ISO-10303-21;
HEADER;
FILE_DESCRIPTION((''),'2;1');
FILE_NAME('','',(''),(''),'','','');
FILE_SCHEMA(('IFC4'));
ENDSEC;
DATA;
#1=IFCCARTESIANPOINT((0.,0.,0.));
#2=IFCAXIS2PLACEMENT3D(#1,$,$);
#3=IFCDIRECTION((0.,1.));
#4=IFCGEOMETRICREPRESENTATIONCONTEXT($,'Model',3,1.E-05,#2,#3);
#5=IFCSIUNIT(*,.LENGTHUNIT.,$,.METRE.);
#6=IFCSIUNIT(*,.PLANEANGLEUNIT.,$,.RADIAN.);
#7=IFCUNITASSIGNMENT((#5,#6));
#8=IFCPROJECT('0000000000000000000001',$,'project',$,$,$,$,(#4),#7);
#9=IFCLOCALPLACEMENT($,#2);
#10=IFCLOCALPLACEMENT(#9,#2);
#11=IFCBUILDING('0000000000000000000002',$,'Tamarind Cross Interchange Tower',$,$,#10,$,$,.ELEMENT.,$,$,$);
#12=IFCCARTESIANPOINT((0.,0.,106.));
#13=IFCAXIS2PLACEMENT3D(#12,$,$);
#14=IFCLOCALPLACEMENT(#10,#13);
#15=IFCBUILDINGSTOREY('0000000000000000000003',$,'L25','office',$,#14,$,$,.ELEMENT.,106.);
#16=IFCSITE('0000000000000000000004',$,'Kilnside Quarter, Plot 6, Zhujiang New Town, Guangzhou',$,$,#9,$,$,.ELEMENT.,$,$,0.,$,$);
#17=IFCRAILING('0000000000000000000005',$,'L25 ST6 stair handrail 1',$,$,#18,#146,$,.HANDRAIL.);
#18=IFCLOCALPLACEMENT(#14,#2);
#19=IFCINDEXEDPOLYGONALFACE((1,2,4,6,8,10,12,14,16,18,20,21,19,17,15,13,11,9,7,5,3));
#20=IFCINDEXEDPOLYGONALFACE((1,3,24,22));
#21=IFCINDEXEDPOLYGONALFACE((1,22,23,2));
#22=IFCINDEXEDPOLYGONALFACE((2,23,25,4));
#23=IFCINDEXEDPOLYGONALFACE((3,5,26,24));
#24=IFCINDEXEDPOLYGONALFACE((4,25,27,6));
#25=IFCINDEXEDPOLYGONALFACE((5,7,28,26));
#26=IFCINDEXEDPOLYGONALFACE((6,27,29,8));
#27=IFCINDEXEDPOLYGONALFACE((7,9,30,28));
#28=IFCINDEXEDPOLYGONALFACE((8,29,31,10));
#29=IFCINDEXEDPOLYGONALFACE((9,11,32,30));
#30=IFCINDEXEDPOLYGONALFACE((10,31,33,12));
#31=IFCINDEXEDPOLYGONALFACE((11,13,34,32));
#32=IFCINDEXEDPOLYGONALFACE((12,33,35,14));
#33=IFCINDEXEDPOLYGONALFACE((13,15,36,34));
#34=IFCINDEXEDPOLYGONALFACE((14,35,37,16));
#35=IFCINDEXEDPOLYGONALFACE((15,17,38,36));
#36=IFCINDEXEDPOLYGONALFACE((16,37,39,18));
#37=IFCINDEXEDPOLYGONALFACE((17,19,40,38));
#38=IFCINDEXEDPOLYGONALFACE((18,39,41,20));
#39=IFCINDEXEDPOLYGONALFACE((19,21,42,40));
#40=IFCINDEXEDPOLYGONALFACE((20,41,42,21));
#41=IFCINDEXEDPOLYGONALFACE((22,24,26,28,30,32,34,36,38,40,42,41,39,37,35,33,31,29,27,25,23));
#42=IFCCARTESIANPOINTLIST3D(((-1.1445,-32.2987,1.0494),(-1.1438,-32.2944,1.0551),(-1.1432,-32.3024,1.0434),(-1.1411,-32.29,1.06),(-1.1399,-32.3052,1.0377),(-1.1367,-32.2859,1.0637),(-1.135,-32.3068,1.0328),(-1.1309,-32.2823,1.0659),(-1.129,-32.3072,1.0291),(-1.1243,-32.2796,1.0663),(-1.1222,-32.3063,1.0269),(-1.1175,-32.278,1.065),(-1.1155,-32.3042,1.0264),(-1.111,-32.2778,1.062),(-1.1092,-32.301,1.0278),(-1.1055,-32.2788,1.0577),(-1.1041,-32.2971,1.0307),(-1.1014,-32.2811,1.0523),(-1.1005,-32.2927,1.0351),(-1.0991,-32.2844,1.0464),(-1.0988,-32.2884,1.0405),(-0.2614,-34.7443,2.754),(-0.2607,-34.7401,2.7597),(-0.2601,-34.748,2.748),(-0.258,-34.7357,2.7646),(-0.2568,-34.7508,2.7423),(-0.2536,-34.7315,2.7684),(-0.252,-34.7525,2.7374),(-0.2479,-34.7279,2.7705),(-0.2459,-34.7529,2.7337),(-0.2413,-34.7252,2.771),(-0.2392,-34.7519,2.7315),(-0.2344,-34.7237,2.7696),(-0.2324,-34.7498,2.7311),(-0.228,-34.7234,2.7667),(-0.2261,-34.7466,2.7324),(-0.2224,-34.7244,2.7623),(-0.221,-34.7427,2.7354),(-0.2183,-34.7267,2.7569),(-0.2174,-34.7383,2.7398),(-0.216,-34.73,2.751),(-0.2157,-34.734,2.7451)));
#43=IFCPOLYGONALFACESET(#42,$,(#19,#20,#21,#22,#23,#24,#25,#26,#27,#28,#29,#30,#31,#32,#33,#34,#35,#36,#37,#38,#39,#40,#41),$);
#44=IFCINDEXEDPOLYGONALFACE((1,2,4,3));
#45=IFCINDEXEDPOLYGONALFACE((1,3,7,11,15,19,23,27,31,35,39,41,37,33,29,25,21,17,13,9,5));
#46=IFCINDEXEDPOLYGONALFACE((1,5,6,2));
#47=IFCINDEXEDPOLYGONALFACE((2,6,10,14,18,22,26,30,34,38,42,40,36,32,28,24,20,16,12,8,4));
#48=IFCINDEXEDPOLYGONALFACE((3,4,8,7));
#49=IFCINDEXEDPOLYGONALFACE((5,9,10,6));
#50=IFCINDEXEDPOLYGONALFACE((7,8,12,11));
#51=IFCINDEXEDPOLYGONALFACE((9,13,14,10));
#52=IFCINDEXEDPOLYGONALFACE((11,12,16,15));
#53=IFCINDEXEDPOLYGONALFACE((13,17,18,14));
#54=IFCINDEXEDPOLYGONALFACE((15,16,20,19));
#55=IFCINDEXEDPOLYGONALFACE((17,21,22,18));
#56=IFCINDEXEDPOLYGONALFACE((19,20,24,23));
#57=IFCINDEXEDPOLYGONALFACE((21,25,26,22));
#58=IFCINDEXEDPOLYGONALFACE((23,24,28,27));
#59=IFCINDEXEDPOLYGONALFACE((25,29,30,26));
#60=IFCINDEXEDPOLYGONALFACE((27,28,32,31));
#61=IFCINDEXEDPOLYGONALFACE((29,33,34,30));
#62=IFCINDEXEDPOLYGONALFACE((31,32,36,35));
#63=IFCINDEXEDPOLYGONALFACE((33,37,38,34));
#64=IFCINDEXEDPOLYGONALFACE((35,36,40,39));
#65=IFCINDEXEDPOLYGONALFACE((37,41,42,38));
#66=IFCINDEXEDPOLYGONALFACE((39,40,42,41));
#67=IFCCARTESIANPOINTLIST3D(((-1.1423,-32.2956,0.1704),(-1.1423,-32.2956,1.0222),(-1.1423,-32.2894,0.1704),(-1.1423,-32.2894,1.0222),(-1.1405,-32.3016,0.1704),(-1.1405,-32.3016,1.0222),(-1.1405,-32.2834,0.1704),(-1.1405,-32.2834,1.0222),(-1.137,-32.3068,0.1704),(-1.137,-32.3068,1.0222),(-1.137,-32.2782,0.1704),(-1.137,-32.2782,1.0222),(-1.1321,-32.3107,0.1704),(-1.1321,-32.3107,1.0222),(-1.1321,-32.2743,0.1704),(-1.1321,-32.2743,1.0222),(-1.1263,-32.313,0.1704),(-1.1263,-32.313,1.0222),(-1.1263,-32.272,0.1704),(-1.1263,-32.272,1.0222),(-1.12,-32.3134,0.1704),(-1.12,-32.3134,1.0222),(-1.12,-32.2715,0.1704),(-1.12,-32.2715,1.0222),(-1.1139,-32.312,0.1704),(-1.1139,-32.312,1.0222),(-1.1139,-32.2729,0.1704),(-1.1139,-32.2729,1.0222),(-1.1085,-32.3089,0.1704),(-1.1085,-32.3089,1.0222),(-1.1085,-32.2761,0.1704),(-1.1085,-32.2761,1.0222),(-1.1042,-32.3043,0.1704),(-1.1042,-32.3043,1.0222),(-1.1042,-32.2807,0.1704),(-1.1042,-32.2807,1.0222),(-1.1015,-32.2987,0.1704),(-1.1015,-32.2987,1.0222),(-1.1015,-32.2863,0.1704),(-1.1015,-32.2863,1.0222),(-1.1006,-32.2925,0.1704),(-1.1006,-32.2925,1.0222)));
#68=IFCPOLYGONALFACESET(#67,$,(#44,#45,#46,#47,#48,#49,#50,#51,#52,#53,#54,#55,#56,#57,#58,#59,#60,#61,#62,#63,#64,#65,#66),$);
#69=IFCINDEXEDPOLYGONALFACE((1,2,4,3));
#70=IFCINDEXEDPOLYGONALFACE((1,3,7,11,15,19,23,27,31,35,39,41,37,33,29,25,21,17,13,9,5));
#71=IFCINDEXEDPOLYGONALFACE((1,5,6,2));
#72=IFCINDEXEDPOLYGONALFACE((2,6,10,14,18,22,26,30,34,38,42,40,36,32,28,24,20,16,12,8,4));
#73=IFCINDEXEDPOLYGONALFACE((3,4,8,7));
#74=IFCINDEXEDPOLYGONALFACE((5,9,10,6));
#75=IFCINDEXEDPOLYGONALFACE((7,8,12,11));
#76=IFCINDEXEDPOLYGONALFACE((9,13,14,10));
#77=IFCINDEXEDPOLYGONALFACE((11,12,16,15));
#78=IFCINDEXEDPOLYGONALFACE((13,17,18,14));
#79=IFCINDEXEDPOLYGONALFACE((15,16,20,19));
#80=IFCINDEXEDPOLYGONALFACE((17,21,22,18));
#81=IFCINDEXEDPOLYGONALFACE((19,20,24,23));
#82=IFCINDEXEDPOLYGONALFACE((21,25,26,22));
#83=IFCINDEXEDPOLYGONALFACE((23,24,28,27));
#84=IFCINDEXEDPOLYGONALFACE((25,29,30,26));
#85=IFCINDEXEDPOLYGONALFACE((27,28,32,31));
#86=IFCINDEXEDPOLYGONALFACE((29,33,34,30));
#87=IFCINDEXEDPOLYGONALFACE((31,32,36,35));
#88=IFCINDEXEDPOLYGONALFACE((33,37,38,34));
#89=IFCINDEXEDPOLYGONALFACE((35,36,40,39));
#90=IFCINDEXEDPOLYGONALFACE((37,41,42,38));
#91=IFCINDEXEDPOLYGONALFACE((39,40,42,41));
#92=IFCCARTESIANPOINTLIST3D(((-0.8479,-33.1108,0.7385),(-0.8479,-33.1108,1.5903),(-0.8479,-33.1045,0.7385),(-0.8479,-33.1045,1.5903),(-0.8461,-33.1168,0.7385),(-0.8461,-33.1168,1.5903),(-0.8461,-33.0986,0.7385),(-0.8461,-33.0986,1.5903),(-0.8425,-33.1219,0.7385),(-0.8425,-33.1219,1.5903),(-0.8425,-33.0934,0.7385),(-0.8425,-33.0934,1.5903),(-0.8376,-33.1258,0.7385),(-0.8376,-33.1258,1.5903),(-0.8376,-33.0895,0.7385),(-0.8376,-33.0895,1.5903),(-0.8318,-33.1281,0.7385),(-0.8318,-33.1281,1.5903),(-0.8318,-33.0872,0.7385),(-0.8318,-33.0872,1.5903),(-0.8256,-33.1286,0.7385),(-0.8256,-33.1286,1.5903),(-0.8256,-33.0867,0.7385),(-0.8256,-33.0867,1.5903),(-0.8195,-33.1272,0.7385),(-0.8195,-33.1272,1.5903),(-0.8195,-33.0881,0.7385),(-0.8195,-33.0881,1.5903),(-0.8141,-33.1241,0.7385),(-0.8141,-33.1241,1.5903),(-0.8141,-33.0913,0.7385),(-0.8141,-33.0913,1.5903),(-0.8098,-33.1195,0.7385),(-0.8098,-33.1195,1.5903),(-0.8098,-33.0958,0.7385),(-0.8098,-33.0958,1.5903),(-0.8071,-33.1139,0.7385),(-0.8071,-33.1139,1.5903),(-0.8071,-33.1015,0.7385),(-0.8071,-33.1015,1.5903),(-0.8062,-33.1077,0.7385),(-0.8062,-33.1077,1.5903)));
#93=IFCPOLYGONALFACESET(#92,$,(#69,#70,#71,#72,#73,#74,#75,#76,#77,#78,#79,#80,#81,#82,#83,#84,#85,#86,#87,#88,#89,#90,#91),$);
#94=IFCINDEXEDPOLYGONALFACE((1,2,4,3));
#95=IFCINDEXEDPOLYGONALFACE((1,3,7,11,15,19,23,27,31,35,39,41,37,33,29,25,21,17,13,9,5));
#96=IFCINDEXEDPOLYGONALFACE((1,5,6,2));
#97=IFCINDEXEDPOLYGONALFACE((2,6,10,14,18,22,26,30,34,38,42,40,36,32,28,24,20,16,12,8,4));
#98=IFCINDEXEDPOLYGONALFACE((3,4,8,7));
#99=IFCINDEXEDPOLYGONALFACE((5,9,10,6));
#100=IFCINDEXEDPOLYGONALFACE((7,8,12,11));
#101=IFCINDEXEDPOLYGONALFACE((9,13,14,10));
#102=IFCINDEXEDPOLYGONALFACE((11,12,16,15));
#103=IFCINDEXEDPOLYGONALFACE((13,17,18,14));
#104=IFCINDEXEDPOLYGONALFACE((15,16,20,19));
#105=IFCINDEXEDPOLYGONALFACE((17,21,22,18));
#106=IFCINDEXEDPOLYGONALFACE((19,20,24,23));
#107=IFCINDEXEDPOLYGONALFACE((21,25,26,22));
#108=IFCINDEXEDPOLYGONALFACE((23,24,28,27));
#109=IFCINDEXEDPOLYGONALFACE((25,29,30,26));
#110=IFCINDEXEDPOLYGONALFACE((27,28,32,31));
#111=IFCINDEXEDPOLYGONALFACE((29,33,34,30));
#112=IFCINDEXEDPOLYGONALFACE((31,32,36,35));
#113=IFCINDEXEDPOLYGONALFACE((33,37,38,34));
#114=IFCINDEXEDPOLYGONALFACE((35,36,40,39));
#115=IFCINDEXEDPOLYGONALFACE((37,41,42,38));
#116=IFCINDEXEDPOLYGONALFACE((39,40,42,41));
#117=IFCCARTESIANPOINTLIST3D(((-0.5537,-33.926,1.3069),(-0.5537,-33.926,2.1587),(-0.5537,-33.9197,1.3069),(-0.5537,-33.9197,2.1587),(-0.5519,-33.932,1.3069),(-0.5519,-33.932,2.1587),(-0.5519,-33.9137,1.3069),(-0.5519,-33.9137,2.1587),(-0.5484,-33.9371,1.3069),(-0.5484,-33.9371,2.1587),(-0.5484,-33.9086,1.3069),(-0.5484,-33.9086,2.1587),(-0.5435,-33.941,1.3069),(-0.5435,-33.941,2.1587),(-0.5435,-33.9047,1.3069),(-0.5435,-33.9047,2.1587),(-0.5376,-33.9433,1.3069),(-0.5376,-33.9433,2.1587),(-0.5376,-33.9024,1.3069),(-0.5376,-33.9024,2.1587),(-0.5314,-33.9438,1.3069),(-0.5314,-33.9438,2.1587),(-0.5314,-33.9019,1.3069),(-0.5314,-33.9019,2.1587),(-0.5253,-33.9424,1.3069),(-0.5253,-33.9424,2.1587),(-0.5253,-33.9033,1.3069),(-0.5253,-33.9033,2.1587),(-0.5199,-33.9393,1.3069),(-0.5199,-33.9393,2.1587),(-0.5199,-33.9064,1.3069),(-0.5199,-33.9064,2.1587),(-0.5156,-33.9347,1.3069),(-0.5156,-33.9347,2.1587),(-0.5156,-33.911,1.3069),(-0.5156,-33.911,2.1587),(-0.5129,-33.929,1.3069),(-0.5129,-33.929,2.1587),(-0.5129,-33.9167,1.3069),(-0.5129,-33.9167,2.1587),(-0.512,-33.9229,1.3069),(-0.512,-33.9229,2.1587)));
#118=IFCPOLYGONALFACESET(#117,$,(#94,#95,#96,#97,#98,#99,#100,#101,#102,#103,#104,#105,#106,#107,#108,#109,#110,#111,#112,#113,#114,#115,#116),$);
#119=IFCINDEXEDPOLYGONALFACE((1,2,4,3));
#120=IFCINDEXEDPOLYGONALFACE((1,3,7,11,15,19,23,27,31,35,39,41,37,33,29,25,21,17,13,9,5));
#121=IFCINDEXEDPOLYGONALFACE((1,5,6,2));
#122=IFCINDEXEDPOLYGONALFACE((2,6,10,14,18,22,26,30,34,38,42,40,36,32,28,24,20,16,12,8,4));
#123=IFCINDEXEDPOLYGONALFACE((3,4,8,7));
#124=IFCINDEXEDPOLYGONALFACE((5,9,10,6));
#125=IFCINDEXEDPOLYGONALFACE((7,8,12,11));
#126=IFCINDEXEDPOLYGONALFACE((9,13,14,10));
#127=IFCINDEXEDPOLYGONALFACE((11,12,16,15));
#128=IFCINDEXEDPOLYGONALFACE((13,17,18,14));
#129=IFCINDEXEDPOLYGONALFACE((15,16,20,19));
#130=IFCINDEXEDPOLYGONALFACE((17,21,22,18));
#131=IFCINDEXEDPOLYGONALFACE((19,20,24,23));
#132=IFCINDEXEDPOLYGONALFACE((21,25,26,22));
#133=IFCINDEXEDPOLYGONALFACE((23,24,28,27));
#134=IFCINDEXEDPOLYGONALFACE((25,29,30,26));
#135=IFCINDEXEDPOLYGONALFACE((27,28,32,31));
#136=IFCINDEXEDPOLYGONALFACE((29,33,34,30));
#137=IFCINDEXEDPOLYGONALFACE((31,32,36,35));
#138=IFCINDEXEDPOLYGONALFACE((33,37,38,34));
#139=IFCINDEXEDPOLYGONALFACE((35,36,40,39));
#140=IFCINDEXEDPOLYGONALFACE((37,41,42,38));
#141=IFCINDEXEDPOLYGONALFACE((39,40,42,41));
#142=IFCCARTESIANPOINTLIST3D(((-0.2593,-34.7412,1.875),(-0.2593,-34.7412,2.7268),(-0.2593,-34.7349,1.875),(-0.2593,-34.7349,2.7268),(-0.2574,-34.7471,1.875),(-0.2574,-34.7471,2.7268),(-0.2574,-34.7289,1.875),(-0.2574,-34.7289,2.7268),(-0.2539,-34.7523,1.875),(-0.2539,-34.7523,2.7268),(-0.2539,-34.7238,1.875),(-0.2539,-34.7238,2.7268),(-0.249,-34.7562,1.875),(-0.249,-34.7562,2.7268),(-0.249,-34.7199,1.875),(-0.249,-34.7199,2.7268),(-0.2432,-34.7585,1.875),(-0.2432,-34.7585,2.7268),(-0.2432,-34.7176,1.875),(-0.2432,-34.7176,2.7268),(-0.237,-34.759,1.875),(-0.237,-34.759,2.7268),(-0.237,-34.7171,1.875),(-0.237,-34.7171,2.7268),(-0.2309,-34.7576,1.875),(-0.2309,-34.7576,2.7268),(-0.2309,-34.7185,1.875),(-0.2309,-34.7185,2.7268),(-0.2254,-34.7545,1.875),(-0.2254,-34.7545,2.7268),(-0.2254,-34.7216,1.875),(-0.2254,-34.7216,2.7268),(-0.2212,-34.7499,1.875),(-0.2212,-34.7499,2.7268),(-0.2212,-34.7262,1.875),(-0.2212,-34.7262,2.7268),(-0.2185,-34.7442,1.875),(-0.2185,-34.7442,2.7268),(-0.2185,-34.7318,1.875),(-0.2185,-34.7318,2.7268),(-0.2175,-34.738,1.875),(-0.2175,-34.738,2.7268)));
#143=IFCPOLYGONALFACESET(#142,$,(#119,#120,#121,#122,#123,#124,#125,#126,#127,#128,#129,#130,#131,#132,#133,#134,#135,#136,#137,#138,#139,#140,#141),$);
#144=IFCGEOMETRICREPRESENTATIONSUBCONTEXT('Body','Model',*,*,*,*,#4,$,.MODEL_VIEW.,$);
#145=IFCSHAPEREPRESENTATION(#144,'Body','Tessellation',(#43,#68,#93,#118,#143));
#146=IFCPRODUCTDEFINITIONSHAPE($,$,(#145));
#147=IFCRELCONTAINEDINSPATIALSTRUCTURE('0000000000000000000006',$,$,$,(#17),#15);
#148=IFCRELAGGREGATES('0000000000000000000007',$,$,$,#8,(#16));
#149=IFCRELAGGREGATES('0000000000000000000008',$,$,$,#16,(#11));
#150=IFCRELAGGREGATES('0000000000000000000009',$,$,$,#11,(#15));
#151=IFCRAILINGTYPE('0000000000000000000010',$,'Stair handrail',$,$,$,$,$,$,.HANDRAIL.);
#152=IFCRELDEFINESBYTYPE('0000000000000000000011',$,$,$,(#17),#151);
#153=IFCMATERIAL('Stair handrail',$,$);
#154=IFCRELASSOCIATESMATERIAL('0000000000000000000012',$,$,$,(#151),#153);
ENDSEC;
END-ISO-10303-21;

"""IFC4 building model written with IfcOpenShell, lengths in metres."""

from ifc_helpers import new_model, si_unit, direction, frame, origin, origin_2d, place, context, subcontext, project, spatial, circle, extrude, material, type_object, element, save


model = new_model("IFC4")

# Units and contexts
model_context = context("Model", 3, precision=1e-05, world=origin(), true_north=direction((0.0, 1.0)))
body_context = subcontext(model_context, "Body", "Model", "MODEL_VIEW")
ifc_project = project(units=[si_unit("LENGTHUNIT", "METRE"), si_unit("PLANEANGLEUNIT", "RADIAN")], contexts=[model_context])

# Site, building, storey
site_placement = place(None, origin())
site = spatial("IfcSite", under=ifc_project, at=site_placement, Name="Kilnside Quarter, Plot 6, Zhujiang New Town, Guangzhou", CompositionType="ELEMENT", RefElevation=0.0)
building_placement = place(site_placement, origin())
building = spatial("IfcBuilding", under=site, at=building_placement, Name="Tamarind Cross Interchange Tower", CompositionType="ELEMENT")
storey_placement = place(building_placement, frame((0.0, 0.0, 106.0)))
storey = spatial("IfcBuildingStorey", under=building, at=storey_placement, Name="L25", Description="office", CompositionType="ELEMENT", Elevation=106.0)

# Railing
ifc_material_1 = material(Name="Stair handrail")
railing_type = type_object("IfcRailingType", Name="Stair handrail", PredefinedType="HANDRAIL", material=ifc_material_1)
railing_placement = place(storey_placement, frame((-1.1216, -32.2925, 0.1704)))
element("IfcRailing", 1, at=railing_placement, inside=storey, type_object=railing_type, Name="L25 ST6 stair handrail 1", PredefinedType="HANDRAIL", context=body_context, shape_type="SweptSolid", body=[
    extrude(circle(Radius=0.0239, at=origin_2d()), frame((0.0, 0.0, 0.876), z_axis=(0.284028, -0.786594, 0.548268), x_axis=(0.940561, 0.339624, 0.0)), (0.0, 0.0, 1.0), 3.1091),
    extrude(circle(Radius=0.021, at=origin_2d()), origin(), (0.0, 0.0, 1.0), 0.8518),
    extrude(circle(Radius=0.021, at=origin_2d()), frame((0.2944, -0.8152, 0.5681)), (0.0, 0.0, 1.0), 0.8518),
    extrude(circle(Radius=0.021, at=origin_2d()), frame((0.5886, -1.6304, 1.1365)), (0.0, 0.0, 1.0), 0.8518),
    extrude(circle(Radius=0.021, at=origin_2d()), frame((0.8831, -2.4456, 1.7046)), (0.0, 0.0, 1.0), 0.8518),
])

save(model, "model.ifc")
